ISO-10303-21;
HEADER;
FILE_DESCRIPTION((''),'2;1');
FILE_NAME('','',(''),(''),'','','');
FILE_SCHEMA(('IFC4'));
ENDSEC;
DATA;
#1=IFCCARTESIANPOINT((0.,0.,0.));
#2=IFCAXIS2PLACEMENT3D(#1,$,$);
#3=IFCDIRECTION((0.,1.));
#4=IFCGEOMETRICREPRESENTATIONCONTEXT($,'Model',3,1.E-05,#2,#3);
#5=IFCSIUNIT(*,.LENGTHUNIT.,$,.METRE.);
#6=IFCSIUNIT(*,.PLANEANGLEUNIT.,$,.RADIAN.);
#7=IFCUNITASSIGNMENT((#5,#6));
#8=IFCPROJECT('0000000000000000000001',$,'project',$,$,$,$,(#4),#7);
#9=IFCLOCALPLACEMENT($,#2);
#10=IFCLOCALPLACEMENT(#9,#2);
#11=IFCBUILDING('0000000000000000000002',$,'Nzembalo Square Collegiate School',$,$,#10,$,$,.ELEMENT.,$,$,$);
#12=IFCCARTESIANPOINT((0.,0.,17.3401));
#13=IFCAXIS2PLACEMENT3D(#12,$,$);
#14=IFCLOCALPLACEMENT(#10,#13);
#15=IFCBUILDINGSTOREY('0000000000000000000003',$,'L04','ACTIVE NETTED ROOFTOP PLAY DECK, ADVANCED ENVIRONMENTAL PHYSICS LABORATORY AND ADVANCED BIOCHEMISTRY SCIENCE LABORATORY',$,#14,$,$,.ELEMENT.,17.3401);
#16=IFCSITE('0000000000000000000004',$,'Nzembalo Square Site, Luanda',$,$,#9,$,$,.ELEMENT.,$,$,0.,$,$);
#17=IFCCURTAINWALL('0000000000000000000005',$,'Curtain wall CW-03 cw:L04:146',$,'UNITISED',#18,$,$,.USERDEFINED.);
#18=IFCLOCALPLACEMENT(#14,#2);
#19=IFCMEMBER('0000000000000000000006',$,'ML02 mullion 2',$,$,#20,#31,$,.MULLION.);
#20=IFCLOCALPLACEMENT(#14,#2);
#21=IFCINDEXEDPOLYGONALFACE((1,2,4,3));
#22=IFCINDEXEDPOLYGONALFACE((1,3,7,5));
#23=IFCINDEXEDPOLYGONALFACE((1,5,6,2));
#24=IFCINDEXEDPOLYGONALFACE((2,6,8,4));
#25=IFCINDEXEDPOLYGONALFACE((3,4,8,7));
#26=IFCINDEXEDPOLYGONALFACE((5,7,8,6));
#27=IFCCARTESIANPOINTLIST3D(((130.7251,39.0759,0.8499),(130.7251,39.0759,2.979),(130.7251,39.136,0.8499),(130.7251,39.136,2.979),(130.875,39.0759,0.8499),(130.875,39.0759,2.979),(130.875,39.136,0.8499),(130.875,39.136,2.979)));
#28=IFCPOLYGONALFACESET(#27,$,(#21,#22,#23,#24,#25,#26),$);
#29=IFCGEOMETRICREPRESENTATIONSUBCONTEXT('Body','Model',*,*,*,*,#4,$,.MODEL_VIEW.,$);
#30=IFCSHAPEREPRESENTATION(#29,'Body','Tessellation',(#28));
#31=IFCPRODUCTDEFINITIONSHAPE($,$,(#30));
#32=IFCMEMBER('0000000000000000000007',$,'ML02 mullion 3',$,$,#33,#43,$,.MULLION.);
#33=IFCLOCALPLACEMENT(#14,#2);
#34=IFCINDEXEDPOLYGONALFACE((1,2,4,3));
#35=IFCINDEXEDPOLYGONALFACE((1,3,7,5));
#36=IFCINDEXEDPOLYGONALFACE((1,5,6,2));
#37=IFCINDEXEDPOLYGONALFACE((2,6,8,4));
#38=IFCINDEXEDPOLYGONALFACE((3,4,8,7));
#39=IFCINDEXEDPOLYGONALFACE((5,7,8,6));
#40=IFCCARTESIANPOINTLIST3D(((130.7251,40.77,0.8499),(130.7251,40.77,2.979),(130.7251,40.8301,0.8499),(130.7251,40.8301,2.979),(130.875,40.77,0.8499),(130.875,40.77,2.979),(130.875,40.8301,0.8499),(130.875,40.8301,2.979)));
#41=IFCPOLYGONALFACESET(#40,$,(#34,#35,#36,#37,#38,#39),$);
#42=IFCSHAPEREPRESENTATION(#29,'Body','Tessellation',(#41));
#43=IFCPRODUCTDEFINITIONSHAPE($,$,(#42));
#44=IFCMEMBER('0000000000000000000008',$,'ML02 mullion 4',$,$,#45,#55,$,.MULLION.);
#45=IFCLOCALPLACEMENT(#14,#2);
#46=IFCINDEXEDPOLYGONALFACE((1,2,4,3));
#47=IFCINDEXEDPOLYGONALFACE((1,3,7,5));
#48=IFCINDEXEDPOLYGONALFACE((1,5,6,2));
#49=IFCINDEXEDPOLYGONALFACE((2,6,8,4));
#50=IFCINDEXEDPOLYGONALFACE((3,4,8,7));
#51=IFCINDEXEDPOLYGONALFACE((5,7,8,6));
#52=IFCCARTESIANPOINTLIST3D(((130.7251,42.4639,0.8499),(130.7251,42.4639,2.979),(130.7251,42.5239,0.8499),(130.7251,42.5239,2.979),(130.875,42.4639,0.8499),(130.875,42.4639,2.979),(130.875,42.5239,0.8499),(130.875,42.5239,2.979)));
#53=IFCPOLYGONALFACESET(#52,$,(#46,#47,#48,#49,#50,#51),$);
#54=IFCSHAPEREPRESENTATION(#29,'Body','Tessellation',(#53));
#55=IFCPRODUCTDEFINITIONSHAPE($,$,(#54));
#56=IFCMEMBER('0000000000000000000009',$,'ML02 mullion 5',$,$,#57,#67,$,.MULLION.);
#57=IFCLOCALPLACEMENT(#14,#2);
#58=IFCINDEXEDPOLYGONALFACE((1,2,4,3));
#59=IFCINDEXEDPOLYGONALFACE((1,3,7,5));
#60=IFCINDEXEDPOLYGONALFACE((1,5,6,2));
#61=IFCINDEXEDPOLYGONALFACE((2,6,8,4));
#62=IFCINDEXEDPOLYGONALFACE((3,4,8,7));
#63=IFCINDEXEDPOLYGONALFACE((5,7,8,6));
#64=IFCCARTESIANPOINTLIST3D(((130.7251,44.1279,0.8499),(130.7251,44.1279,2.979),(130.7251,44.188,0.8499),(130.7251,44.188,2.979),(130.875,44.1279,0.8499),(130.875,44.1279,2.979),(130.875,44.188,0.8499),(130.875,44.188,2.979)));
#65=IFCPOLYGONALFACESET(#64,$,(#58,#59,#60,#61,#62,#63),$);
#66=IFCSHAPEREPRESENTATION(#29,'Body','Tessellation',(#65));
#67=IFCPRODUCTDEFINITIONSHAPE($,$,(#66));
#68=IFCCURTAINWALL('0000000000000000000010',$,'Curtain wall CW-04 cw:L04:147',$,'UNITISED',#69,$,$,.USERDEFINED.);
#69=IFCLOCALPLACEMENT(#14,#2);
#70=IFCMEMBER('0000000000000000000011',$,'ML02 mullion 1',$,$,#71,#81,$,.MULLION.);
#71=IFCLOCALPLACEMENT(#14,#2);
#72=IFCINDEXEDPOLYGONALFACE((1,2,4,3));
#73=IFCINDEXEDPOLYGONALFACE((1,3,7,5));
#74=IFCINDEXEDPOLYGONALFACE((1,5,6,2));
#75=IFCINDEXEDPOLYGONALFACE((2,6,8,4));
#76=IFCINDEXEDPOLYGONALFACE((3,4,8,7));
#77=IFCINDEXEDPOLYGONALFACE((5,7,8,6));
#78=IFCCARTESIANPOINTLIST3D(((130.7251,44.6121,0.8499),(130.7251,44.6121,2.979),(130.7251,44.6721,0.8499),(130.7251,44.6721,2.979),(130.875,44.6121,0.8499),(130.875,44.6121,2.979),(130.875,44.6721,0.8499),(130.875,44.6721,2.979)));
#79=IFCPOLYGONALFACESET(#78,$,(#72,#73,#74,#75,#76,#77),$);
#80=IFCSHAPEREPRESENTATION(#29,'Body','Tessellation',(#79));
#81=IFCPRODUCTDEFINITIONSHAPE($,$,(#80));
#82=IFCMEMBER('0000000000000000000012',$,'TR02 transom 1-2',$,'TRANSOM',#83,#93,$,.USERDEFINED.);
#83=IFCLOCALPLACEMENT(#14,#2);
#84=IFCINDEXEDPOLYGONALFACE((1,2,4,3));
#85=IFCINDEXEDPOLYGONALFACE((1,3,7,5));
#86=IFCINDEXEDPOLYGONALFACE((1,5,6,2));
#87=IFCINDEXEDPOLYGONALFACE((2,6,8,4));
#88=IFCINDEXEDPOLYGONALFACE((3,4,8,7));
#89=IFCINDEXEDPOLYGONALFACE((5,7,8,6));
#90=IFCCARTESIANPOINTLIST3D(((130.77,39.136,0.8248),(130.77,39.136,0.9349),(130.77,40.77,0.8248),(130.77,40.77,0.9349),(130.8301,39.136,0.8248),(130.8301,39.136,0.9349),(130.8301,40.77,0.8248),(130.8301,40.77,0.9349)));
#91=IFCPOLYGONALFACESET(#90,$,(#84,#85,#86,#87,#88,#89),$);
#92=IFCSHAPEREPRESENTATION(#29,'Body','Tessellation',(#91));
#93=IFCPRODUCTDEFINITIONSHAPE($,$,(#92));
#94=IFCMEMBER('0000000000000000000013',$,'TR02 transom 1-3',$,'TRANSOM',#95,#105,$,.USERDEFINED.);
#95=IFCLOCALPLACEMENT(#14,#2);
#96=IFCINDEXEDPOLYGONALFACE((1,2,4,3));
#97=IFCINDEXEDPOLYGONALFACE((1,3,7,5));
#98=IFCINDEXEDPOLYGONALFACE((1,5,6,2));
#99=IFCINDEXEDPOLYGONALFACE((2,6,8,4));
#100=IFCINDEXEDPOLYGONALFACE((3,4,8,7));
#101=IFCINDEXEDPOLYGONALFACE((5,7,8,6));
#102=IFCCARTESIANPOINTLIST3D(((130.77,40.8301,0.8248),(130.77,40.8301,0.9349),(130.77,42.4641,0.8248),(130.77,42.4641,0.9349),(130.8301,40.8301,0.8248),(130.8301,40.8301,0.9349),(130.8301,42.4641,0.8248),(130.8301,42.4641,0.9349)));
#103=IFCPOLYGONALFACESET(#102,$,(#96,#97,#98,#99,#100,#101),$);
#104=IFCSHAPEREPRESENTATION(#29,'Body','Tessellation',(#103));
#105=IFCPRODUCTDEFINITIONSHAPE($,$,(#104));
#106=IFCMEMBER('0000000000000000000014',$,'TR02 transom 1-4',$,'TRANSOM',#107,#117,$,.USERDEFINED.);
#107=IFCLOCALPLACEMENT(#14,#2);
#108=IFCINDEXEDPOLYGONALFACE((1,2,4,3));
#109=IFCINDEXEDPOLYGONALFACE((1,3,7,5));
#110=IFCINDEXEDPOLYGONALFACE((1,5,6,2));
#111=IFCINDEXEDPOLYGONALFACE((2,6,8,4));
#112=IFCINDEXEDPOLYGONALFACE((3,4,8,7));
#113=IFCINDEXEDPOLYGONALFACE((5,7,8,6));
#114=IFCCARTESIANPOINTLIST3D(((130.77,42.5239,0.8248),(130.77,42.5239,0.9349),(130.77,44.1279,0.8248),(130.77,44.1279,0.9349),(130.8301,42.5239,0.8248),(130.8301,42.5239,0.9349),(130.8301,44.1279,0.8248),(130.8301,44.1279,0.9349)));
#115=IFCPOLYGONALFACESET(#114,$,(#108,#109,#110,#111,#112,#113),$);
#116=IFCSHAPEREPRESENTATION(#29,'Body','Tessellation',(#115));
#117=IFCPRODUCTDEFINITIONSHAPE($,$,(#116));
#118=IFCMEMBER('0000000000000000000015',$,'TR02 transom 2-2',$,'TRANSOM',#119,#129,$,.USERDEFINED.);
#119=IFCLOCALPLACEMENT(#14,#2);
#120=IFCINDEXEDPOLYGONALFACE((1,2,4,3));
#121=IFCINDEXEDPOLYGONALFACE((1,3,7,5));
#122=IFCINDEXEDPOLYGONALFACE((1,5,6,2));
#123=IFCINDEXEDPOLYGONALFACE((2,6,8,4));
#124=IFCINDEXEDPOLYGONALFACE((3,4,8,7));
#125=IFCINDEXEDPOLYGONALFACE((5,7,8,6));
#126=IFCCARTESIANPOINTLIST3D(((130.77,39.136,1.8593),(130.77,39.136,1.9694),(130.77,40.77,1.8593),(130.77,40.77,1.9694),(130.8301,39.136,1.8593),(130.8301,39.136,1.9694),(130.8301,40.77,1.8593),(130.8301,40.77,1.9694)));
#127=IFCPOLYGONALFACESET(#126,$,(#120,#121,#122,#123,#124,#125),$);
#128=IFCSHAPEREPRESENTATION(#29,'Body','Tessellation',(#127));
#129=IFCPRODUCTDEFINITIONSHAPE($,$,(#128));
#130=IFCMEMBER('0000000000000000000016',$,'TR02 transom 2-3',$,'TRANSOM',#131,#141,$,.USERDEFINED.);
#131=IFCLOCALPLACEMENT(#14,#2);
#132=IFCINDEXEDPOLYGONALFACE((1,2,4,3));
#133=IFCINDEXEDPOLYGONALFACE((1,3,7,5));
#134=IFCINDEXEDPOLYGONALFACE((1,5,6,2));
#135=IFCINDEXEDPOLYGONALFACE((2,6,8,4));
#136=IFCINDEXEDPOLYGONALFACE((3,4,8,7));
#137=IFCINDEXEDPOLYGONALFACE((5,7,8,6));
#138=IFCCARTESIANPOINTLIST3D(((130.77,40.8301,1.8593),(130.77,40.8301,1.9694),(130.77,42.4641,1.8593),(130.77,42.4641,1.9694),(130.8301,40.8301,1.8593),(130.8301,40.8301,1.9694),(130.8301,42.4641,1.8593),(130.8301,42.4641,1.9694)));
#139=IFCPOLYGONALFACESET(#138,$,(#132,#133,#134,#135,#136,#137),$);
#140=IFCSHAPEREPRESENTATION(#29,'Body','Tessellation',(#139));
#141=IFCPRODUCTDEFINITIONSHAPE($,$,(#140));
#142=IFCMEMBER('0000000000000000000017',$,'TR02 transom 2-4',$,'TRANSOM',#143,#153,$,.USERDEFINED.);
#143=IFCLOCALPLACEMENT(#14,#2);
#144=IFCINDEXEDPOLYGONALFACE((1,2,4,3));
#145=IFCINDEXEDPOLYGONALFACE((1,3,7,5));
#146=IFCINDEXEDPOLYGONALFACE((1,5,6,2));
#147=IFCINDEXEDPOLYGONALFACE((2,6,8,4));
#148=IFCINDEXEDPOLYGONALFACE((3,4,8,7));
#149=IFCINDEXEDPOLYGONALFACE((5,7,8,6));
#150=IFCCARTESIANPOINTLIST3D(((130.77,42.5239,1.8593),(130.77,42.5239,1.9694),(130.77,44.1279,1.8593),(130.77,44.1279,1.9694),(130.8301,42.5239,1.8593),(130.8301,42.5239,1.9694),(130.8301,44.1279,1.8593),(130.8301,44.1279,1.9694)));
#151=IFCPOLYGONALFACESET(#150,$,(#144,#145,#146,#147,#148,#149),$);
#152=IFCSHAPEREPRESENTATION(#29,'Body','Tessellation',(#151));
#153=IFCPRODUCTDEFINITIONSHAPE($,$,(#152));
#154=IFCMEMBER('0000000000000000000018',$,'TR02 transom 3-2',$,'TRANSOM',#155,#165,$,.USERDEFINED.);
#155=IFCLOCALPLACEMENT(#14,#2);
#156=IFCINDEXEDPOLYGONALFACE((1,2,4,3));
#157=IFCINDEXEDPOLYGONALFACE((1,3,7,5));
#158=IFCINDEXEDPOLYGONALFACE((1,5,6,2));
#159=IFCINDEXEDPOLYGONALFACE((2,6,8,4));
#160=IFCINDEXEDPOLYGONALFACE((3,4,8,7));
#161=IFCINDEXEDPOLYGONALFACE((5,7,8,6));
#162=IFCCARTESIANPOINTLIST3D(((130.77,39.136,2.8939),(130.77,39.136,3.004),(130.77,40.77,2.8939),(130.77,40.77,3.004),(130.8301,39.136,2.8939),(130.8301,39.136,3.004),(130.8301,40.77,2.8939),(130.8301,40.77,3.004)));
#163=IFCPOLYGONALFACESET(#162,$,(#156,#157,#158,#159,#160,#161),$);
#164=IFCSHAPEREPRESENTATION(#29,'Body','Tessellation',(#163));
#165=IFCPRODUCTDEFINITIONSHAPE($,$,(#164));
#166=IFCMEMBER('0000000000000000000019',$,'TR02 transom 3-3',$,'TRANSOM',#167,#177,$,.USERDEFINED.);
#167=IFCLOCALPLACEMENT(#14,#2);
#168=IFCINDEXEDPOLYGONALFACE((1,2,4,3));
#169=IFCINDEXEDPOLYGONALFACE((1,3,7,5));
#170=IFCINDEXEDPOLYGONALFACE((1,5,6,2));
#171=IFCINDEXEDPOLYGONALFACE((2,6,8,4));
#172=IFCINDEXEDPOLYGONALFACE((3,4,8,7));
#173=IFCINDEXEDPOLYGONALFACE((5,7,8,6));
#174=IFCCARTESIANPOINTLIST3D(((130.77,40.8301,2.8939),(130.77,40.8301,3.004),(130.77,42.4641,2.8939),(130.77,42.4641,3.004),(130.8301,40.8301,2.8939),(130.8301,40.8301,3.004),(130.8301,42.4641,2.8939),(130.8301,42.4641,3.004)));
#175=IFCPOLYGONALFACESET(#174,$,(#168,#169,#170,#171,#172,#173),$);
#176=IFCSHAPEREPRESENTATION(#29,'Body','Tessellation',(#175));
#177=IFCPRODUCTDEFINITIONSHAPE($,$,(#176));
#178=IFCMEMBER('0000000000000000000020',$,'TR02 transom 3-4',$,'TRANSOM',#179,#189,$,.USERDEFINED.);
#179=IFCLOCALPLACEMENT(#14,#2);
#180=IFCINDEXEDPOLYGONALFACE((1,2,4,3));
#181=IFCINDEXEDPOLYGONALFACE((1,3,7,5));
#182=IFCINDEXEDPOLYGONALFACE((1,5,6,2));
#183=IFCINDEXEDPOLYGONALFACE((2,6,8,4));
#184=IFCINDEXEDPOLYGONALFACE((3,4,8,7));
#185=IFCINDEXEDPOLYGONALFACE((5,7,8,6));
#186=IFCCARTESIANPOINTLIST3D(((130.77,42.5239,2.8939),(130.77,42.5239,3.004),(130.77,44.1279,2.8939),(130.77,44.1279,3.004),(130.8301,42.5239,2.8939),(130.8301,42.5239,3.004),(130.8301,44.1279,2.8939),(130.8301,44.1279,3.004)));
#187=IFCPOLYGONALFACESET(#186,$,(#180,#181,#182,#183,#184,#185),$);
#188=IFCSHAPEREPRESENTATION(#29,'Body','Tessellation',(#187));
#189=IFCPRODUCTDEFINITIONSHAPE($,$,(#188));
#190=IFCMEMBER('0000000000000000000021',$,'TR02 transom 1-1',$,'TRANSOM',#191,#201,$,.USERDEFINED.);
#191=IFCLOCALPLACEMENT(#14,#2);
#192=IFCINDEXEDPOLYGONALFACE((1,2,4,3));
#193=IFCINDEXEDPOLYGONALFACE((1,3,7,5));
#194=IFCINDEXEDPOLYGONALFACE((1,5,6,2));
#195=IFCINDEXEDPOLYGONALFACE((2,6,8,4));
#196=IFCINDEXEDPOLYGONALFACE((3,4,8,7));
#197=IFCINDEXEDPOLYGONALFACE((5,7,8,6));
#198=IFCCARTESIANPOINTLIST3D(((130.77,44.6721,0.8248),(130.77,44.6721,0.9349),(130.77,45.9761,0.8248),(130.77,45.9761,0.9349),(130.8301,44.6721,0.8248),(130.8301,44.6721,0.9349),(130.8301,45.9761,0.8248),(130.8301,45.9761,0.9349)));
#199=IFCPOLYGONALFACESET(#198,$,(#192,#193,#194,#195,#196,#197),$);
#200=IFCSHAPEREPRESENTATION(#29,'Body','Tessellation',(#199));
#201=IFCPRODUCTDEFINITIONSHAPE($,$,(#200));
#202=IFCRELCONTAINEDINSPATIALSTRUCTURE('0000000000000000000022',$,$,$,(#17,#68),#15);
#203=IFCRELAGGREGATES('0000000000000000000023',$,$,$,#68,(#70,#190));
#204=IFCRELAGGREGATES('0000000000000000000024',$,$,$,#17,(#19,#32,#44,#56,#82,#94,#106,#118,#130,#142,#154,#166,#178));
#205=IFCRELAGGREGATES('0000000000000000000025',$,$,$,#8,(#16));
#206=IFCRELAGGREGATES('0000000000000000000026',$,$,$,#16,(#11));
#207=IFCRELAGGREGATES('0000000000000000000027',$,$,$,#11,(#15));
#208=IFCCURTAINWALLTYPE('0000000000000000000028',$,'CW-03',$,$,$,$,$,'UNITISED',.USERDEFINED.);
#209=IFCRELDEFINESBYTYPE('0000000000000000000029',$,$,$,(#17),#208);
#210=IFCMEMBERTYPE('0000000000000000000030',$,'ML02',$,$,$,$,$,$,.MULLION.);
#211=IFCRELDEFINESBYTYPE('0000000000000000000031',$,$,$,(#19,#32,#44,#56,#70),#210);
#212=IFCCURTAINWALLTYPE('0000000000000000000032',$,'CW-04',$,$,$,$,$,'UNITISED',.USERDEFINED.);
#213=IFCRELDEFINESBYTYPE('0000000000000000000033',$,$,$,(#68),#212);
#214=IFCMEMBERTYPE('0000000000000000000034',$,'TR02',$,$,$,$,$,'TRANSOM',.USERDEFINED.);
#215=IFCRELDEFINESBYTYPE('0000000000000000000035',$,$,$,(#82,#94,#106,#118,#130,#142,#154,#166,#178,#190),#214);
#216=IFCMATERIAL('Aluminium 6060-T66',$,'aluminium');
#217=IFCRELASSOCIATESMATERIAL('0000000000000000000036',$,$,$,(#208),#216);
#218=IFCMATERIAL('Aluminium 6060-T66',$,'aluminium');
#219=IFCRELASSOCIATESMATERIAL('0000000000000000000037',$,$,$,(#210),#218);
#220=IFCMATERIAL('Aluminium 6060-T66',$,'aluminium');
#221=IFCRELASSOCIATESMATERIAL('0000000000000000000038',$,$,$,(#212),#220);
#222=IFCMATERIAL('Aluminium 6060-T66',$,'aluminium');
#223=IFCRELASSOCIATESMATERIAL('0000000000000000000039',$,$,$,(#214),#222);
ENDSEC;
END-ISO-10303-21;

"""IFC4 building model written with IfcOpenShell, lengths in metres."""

from ifc_helpers import new_model, si_unit, direction, frame, origin, origin_2d, place, context, subcontext, project, spatial, rectangle, extrude, material, material_profile, profile_set, type_object, element, aggregate, save


model = new_model("IFC4")

# Units and contexts
model_context = context("Model", 3, precision=1e-05, world=origin(), true_north=direction((0.0, 1.0)))
body_context = subcontext(model_context, "Body", "Model", "MODEL_VIEW")
ifc_project = project(units=[si_unit("LENGTHUNIT", "METRE"), si_unit("PLANEANGLEUNIT", "RADIAN")], contexts=[model_context])

# Site, building, storey
site_placement = place(None, origin())
site = spatial("IfcSite", under=ifc_project, at=site_placement, Name="Nzembalo Square Site, Luanda", CompositionType="ELEMENT", RefElevation=0.0)
building_placement = place(site_placement, origin())
building = spatial("IfcBuilding", under=site, at=building_placement, Name="Nzembalo Square Collegiate School", CompositionType="ELEMENT")
storey_placement = place(building_placement, frame((0.0, 0.0, 17.3401)))
storey = spatial("IfcBuildingStorey", under=building, at=storey_placement, Name="L04", Description="ACTIVE NETTED ROOFTOP PLAY DECK, ADVANCED ENVIRONMENTAL PHYSICS LABORATORY AND ADVANCED BIOCHEMISTRY SCIENCE LABORATORY", CompositionType="ELEMENT", Elevation=17.3401)

# Curtain wall, members
ifc_material_1 = material(Name="Aluminium 6060-T66", Category="aluminium")
curtain_wall_type_1 = type_object("IfcCurtainWallType", Name="CW-03", ElementType="UNITISED", PredefinedType="USERDEFINED", material=ifc_material_1)
curtain_wall_1_placement = place(storey_placement, origin())
curtain_wall_1 = element("IfcCurtainWall", 1, at=curtain_wall_1_placement, inside=storey, type_object=curtain_wall_type_1, Name="Curtain wall CW-03 cw:L04:146", ObjectType="UNITISED", PredefinedType="USERDEFINED")
ifc_material_2 = material(Name="Aluminium 6060-T66", Category="aluminium")
ifc_material_profile_1 = material_profile(ifc_material_2, rectangle(XDim=0.0601, YDim=0.1499, at=origin_2d()), Name="ALU M60x150")
ifc_profile_set_1 = profile_set([ifc_material_profile_1], Name="Aluminium 6060-T66")
member_type_1 = type_object("IfcMemberType", Name="ML02", PredefinedType="MULLION", material=ifc_profile_set_1)
member_1_placement = place(storey_placement, frame((130.8, 39.106, 0.8499), z_axis=(0.0, 0.0, 1.0), x_axis=(0.0, 1.0, 0.0)))
member_1 = element("IfcMember", 2, at=member_1_placement, type_object=member_type_1, Name="ML02 mullion 2", PredefinedType="MULLION", context=body_context, shape_type="SweptSolid", body=[
    extrude(rectangle(XDim=0.0601, YDim=0.1499, at=origin_2d()), origin(), (0.0, 0.0, 1.0), 2.1292),
])
member_2_placement = place(storey_placement, frame((130.8, 40.8, 0.8499), z_axis=(0.0, 0.0, 1.0), x_axis=(0.0, 1.0, 0.0)))
member_2 = element("IfcMember", 3, at=member_2_placement, type_object=member_type_1, Name="ML02 mullion 3", PredefinedType="MULLION", context=body_context, shape_type="SweptSolid", body=[
    extrude(rectangle(XDim=0.0601, YDim=0.1499, at=origin_2d()), origin(), (0.0, 0.0, 1.0), 2.1292),
])
member_3_placement = place(storey_placement, frame((130.8, 42.4939, 0.8499), z_axis=(0.0, 0.0, 1.0), x_axis=(0.0, 1.0, 0.0)))
member_3 = element("IfcMember", 4, at=member_3_placement, type_object=member_type_1, Name="ML02 mullion 4", PredefinedType="MULLION", context=body_context, shape_type="SweptSolid", body=[
    extrude(rectangle(XDim=0.0601, YDim=0.1499, at=origin_2d()), origin(), (0.0, 0.0, 1.0), 2.1292),
])
member_4_placement = place(storey_placement, frame((130.8, 44.158, 0.8499), z_axis=(0.0, 0.0, 1.0), x_axis=(0.0, 1.0, 0.0)))
member_4 = element("IfcMember", 5, at=member_4_placement, type_object=member_type_1, Name="ML02 mullion 5", PredefinedType="MULLION", context=body_context, shape_type="SweptSolid", body=[
    extrude(rectangle(XDim=0.0601, YDim=0.1499, at=origin_2d()), origin(), (0.0, 0.0, 1.0), 2.1292),
])

# Curtain wall, member
ifc_material_3 = material(Name="Aluminium 6060-T66", Category="aluminium")
curtain_wall_type_2 = type_object("IfcCurtainWallType", Name="CW-04", ElementType="UNITISED", PredefinedType="USERDEFINED", material=ifc_material_3)
curtain_wall_2_placement = place(storey_placement, origin())
curtain_wall_2 = element("IfcCurtainWall", 6, at=curtain_wall_2_placement, inside=storey, type_object=curtain_wall_type_2, Name="Curtain wall CW-04 cw:L04:147", ObjectType="UNITISED", PredefinedType="USERDEFINED")
member_5_placement = place(storey_placement, frame((130.8, 44.6421, 0.8499), z_axis=(0.0, 0.0, 1.0), x_axis=(0.0, 1.0, 0.0)))
member_5 = element("IfcMember", 7, at=member_5_placement, type_object=member_type_1, Name="ML02 mullion 1", PredefinedType="MULLION", context=body_context, shape_type="SweptSolid", body=[
    extrude(rectangle(XDim=0.0601, YDim=0.1499, at=origin_2d()), origin(), (0.0, 0.0, 1.0), 2.1292),
])

# Members
ifc_material_4 = material(Name="Aluminium 6060-T66", Category="aluminium")
ifc_material_profile_2 = material_profile(ifc_material_4, rectangle(XDim=0.0601, YDim=0.1101, at=origin_2d()), Name="ALU T60x110")
ifc_profile_set_2 = profile_set([ifc_material_profile_2], Name="Aluminium 6060-T66")
member_type_2 = type_object("IfcMemberType", Name="TR02", ElementType="TRANSOM", PredefinedType="USERDEFINED", material=ifc_profile_set_2)
member_6_placement = place(storey_placement, frame((130.8, 39.136, 0.8799), z_axis=(0.0, 1.0, 0.0), x_axis=(-1.0, 0.0, 0.0)))
member_6 = element("IfcMember", 8, at=member_6_placement, type_object=member_type_2, Name="TR02 transom 1-2", ObjectType="TRANSOM", PredefinedType="USERDEFINED", context=body_context, shape_type="SweptSolid", body=[
    extrude(rectangle(XDim=0.0601, YDim=0.1101, at=origin_2d()), origin(), (0.0, 0.0, 1.0), 1.634),
])
member_7_placement = place(storey_placement, frame((130.8, 40.8301, 0.8799), z_axis=(0.0, 1.0, 0.0), x_axis=(-1.0, 0.0, 0.0)))
member_7 = element("IfcMember", 9, at=member_7_placement, type_object=member_type_2, Name="TR02 transom 1-3", ObjectType="TRANSOM", PredefinedType="USERDEFINED", context=body_context, shape_type="SweptSolid", body=[
    extrude(rectangle(XDim=0.0601, YDim=0.1101, at=origin_2d()), origin(), (0.0, 0.0, 1.0), 1.634),
])
member_8_placement = place(storey_placement, frame((130.8, 42.5239, 0.8799), z_axis=(0.0, 1.0, 0.0), x_axis=(-1.0, 0.0, 0.0)))
member_8 = element("IfcMember", 10, at=member_8_placement, type_object=member_type_2, Name="TR02 transom 1-4", ObjectType="TRANSOM", PredefinedType="USERDEFINED", context=body_context, shape_type="SweptSolid", body=[
    extrude(rectangle(XDim=0.0601, YDim=0.1101, at=origin_2d()), origin(), (0.0, 0.0, 1.0), 1.604),
])
member_9_placement = place(storey_placement, frame((130.8, 39.136, 1.9143), z_axis=(0.0, 1.0, 0.0), x_axis=(-1.0, 0.0, 0.0)))
member_9 = element("IfcMember", 11, at=member_9_placement, type_object=member_type_2, Name="TR02 transom 2-2", ObjectType="TRANSOM", PredefinedType="USERDEFINED", context=body_context, shape_type="SweptSolid", body=[
    extrude(rectangle(XDim=0.0601, YDim=0.1101, at=origin_2d()), origin(), (0.0, 0.0, 1.0), 1.634),
])
member_10_placement = place(storey_placement, frame((130.8, 40.8301, 1.9143), z_axis=(0.0, 1.0, 0.0), x_axis=(-1.0, 0.0, 0.0)))
member_10 = element("IfcMember", 12, at=member_10_placement, type_object=member_type_2, Name="TR02 transom 2-3", ObjectType="TRANSOM", PredefinedType="USERDEFINED", context=body_context, shape_type="SweptSolid", body=[
    extrude(rectangle(XDim=0.0601, YDim=0.1101, at=origin_2d()), origin(), (0.0, 0.0, 1.0), 1.634),
])
member_11_placement = place(storey_placement, frame((130.8, 42.5239, 1.9143), z_axis=(0.0, 1.0, 0.0), x_axis=(-1.0, 0.0, 0.0)))
member_11 = element("IfcMember", 13, at=member_11_placement, type_object=member_type_2, Name="TR02 transom 2-4", ObjectType="TRANSOM", PredefinedType="USERDEFINED", context=body_context, shape_type="SweptSolid", body=[
    extrude(rectangle(XDim=0.0601, YDim=0.1101, at=origin_2d()), origin(), (0.0, 0.0, 1.0), 1.604),
])
member_12_placement = place(storey_placement, frame((130.8, 39.136, 2.949), z_axis=(0.0, 1.0, 0.0), x_axis=(-1.0, 0.0, 0.0)))
member_12 = element("IfcMember", 14, at=member_12_placement, type_object=member_type_2, Name="TR02 transom 3-2", ObjectType="TRANSOM", PredefinedType="USERDEFINED", context=body_context, shape_type="SweptSolid", body=[
    extrude(rectangle(XDim=0.0601, YDim=0.1101, at=origin_2d()), origin(), (0.0, 0.0, 1.0), 1.634),
])
member_13_placement = place(storey_placement, frame((130.8, 40.8301, 2.949), z_axis=(0.0, 1.0, 0.0), x_axis=(-1.0, 0.0, 0.0)))
member_13 = element("IfcMember", 15, at=member_13_placement, type_object=member_type_2, Name="TR02 transom 3-3", ObjectType="TRANSOM", PredefinedType="USERDEFINED", context=body_context, shape_type="SweptSolid", body=[
    extrude(rectangle(XDim=0.0601, YDim=0.1101, at=origin_2d()), origin(), (0.0, 0.0, 1.0), 1.634),
])
member_14_placement = place(storey_placement, frame((130.8, 42.5239, 2.949), z_axis=(0.0, 1.0, 0.0), x_axis=(-1.0, 0.0, 0.0)))
member_14 = element("IfcMember", 16, at=member_14_placement, type_object=member_type_2, Name="TR02 transom 3-4", ObjectType="TRANSOM", PredefinedType="USERDEFINED", context=body_context, shape_type="SweptSolid", body=[
    extrude(rectangle(XDim=0.0601, YDim=0.1101, at=origin_2d()), origin(), (0.0, 0.0, 1.0), 1.604),
])
member_15_placement = place(storey_placement, frame((130.8, 44.6721, 0.8799), z_axis=(0.0, 1.0, 0.0), x_axis=(-1.0, 0.0, 0.0)))
member_15 = element("IfcMember", 17, at=member_15_placement, type_object=member_type_2, Name="TR02 transom 1-1", ObjectType="TRANSOM", PredefinedType="USERDEFINED", context=body_context, shape_type="SweptSolid", body=[
    extrude(rectangle(XDim=0.0601, YDim=0.1101, at=origin_2d()), origin(), (0.0, 0.0, 1.0), 1.304),
])
aggregate(curtain_wall_2, [member_5, member_15])

aggregate(curtain_wall_1, [member_1, member_2, member_3, member_4, member_6, member_7, member_8, member_9, member_10, member_11, member_12, member_13, member_14])

save(model, "model.ifc")
